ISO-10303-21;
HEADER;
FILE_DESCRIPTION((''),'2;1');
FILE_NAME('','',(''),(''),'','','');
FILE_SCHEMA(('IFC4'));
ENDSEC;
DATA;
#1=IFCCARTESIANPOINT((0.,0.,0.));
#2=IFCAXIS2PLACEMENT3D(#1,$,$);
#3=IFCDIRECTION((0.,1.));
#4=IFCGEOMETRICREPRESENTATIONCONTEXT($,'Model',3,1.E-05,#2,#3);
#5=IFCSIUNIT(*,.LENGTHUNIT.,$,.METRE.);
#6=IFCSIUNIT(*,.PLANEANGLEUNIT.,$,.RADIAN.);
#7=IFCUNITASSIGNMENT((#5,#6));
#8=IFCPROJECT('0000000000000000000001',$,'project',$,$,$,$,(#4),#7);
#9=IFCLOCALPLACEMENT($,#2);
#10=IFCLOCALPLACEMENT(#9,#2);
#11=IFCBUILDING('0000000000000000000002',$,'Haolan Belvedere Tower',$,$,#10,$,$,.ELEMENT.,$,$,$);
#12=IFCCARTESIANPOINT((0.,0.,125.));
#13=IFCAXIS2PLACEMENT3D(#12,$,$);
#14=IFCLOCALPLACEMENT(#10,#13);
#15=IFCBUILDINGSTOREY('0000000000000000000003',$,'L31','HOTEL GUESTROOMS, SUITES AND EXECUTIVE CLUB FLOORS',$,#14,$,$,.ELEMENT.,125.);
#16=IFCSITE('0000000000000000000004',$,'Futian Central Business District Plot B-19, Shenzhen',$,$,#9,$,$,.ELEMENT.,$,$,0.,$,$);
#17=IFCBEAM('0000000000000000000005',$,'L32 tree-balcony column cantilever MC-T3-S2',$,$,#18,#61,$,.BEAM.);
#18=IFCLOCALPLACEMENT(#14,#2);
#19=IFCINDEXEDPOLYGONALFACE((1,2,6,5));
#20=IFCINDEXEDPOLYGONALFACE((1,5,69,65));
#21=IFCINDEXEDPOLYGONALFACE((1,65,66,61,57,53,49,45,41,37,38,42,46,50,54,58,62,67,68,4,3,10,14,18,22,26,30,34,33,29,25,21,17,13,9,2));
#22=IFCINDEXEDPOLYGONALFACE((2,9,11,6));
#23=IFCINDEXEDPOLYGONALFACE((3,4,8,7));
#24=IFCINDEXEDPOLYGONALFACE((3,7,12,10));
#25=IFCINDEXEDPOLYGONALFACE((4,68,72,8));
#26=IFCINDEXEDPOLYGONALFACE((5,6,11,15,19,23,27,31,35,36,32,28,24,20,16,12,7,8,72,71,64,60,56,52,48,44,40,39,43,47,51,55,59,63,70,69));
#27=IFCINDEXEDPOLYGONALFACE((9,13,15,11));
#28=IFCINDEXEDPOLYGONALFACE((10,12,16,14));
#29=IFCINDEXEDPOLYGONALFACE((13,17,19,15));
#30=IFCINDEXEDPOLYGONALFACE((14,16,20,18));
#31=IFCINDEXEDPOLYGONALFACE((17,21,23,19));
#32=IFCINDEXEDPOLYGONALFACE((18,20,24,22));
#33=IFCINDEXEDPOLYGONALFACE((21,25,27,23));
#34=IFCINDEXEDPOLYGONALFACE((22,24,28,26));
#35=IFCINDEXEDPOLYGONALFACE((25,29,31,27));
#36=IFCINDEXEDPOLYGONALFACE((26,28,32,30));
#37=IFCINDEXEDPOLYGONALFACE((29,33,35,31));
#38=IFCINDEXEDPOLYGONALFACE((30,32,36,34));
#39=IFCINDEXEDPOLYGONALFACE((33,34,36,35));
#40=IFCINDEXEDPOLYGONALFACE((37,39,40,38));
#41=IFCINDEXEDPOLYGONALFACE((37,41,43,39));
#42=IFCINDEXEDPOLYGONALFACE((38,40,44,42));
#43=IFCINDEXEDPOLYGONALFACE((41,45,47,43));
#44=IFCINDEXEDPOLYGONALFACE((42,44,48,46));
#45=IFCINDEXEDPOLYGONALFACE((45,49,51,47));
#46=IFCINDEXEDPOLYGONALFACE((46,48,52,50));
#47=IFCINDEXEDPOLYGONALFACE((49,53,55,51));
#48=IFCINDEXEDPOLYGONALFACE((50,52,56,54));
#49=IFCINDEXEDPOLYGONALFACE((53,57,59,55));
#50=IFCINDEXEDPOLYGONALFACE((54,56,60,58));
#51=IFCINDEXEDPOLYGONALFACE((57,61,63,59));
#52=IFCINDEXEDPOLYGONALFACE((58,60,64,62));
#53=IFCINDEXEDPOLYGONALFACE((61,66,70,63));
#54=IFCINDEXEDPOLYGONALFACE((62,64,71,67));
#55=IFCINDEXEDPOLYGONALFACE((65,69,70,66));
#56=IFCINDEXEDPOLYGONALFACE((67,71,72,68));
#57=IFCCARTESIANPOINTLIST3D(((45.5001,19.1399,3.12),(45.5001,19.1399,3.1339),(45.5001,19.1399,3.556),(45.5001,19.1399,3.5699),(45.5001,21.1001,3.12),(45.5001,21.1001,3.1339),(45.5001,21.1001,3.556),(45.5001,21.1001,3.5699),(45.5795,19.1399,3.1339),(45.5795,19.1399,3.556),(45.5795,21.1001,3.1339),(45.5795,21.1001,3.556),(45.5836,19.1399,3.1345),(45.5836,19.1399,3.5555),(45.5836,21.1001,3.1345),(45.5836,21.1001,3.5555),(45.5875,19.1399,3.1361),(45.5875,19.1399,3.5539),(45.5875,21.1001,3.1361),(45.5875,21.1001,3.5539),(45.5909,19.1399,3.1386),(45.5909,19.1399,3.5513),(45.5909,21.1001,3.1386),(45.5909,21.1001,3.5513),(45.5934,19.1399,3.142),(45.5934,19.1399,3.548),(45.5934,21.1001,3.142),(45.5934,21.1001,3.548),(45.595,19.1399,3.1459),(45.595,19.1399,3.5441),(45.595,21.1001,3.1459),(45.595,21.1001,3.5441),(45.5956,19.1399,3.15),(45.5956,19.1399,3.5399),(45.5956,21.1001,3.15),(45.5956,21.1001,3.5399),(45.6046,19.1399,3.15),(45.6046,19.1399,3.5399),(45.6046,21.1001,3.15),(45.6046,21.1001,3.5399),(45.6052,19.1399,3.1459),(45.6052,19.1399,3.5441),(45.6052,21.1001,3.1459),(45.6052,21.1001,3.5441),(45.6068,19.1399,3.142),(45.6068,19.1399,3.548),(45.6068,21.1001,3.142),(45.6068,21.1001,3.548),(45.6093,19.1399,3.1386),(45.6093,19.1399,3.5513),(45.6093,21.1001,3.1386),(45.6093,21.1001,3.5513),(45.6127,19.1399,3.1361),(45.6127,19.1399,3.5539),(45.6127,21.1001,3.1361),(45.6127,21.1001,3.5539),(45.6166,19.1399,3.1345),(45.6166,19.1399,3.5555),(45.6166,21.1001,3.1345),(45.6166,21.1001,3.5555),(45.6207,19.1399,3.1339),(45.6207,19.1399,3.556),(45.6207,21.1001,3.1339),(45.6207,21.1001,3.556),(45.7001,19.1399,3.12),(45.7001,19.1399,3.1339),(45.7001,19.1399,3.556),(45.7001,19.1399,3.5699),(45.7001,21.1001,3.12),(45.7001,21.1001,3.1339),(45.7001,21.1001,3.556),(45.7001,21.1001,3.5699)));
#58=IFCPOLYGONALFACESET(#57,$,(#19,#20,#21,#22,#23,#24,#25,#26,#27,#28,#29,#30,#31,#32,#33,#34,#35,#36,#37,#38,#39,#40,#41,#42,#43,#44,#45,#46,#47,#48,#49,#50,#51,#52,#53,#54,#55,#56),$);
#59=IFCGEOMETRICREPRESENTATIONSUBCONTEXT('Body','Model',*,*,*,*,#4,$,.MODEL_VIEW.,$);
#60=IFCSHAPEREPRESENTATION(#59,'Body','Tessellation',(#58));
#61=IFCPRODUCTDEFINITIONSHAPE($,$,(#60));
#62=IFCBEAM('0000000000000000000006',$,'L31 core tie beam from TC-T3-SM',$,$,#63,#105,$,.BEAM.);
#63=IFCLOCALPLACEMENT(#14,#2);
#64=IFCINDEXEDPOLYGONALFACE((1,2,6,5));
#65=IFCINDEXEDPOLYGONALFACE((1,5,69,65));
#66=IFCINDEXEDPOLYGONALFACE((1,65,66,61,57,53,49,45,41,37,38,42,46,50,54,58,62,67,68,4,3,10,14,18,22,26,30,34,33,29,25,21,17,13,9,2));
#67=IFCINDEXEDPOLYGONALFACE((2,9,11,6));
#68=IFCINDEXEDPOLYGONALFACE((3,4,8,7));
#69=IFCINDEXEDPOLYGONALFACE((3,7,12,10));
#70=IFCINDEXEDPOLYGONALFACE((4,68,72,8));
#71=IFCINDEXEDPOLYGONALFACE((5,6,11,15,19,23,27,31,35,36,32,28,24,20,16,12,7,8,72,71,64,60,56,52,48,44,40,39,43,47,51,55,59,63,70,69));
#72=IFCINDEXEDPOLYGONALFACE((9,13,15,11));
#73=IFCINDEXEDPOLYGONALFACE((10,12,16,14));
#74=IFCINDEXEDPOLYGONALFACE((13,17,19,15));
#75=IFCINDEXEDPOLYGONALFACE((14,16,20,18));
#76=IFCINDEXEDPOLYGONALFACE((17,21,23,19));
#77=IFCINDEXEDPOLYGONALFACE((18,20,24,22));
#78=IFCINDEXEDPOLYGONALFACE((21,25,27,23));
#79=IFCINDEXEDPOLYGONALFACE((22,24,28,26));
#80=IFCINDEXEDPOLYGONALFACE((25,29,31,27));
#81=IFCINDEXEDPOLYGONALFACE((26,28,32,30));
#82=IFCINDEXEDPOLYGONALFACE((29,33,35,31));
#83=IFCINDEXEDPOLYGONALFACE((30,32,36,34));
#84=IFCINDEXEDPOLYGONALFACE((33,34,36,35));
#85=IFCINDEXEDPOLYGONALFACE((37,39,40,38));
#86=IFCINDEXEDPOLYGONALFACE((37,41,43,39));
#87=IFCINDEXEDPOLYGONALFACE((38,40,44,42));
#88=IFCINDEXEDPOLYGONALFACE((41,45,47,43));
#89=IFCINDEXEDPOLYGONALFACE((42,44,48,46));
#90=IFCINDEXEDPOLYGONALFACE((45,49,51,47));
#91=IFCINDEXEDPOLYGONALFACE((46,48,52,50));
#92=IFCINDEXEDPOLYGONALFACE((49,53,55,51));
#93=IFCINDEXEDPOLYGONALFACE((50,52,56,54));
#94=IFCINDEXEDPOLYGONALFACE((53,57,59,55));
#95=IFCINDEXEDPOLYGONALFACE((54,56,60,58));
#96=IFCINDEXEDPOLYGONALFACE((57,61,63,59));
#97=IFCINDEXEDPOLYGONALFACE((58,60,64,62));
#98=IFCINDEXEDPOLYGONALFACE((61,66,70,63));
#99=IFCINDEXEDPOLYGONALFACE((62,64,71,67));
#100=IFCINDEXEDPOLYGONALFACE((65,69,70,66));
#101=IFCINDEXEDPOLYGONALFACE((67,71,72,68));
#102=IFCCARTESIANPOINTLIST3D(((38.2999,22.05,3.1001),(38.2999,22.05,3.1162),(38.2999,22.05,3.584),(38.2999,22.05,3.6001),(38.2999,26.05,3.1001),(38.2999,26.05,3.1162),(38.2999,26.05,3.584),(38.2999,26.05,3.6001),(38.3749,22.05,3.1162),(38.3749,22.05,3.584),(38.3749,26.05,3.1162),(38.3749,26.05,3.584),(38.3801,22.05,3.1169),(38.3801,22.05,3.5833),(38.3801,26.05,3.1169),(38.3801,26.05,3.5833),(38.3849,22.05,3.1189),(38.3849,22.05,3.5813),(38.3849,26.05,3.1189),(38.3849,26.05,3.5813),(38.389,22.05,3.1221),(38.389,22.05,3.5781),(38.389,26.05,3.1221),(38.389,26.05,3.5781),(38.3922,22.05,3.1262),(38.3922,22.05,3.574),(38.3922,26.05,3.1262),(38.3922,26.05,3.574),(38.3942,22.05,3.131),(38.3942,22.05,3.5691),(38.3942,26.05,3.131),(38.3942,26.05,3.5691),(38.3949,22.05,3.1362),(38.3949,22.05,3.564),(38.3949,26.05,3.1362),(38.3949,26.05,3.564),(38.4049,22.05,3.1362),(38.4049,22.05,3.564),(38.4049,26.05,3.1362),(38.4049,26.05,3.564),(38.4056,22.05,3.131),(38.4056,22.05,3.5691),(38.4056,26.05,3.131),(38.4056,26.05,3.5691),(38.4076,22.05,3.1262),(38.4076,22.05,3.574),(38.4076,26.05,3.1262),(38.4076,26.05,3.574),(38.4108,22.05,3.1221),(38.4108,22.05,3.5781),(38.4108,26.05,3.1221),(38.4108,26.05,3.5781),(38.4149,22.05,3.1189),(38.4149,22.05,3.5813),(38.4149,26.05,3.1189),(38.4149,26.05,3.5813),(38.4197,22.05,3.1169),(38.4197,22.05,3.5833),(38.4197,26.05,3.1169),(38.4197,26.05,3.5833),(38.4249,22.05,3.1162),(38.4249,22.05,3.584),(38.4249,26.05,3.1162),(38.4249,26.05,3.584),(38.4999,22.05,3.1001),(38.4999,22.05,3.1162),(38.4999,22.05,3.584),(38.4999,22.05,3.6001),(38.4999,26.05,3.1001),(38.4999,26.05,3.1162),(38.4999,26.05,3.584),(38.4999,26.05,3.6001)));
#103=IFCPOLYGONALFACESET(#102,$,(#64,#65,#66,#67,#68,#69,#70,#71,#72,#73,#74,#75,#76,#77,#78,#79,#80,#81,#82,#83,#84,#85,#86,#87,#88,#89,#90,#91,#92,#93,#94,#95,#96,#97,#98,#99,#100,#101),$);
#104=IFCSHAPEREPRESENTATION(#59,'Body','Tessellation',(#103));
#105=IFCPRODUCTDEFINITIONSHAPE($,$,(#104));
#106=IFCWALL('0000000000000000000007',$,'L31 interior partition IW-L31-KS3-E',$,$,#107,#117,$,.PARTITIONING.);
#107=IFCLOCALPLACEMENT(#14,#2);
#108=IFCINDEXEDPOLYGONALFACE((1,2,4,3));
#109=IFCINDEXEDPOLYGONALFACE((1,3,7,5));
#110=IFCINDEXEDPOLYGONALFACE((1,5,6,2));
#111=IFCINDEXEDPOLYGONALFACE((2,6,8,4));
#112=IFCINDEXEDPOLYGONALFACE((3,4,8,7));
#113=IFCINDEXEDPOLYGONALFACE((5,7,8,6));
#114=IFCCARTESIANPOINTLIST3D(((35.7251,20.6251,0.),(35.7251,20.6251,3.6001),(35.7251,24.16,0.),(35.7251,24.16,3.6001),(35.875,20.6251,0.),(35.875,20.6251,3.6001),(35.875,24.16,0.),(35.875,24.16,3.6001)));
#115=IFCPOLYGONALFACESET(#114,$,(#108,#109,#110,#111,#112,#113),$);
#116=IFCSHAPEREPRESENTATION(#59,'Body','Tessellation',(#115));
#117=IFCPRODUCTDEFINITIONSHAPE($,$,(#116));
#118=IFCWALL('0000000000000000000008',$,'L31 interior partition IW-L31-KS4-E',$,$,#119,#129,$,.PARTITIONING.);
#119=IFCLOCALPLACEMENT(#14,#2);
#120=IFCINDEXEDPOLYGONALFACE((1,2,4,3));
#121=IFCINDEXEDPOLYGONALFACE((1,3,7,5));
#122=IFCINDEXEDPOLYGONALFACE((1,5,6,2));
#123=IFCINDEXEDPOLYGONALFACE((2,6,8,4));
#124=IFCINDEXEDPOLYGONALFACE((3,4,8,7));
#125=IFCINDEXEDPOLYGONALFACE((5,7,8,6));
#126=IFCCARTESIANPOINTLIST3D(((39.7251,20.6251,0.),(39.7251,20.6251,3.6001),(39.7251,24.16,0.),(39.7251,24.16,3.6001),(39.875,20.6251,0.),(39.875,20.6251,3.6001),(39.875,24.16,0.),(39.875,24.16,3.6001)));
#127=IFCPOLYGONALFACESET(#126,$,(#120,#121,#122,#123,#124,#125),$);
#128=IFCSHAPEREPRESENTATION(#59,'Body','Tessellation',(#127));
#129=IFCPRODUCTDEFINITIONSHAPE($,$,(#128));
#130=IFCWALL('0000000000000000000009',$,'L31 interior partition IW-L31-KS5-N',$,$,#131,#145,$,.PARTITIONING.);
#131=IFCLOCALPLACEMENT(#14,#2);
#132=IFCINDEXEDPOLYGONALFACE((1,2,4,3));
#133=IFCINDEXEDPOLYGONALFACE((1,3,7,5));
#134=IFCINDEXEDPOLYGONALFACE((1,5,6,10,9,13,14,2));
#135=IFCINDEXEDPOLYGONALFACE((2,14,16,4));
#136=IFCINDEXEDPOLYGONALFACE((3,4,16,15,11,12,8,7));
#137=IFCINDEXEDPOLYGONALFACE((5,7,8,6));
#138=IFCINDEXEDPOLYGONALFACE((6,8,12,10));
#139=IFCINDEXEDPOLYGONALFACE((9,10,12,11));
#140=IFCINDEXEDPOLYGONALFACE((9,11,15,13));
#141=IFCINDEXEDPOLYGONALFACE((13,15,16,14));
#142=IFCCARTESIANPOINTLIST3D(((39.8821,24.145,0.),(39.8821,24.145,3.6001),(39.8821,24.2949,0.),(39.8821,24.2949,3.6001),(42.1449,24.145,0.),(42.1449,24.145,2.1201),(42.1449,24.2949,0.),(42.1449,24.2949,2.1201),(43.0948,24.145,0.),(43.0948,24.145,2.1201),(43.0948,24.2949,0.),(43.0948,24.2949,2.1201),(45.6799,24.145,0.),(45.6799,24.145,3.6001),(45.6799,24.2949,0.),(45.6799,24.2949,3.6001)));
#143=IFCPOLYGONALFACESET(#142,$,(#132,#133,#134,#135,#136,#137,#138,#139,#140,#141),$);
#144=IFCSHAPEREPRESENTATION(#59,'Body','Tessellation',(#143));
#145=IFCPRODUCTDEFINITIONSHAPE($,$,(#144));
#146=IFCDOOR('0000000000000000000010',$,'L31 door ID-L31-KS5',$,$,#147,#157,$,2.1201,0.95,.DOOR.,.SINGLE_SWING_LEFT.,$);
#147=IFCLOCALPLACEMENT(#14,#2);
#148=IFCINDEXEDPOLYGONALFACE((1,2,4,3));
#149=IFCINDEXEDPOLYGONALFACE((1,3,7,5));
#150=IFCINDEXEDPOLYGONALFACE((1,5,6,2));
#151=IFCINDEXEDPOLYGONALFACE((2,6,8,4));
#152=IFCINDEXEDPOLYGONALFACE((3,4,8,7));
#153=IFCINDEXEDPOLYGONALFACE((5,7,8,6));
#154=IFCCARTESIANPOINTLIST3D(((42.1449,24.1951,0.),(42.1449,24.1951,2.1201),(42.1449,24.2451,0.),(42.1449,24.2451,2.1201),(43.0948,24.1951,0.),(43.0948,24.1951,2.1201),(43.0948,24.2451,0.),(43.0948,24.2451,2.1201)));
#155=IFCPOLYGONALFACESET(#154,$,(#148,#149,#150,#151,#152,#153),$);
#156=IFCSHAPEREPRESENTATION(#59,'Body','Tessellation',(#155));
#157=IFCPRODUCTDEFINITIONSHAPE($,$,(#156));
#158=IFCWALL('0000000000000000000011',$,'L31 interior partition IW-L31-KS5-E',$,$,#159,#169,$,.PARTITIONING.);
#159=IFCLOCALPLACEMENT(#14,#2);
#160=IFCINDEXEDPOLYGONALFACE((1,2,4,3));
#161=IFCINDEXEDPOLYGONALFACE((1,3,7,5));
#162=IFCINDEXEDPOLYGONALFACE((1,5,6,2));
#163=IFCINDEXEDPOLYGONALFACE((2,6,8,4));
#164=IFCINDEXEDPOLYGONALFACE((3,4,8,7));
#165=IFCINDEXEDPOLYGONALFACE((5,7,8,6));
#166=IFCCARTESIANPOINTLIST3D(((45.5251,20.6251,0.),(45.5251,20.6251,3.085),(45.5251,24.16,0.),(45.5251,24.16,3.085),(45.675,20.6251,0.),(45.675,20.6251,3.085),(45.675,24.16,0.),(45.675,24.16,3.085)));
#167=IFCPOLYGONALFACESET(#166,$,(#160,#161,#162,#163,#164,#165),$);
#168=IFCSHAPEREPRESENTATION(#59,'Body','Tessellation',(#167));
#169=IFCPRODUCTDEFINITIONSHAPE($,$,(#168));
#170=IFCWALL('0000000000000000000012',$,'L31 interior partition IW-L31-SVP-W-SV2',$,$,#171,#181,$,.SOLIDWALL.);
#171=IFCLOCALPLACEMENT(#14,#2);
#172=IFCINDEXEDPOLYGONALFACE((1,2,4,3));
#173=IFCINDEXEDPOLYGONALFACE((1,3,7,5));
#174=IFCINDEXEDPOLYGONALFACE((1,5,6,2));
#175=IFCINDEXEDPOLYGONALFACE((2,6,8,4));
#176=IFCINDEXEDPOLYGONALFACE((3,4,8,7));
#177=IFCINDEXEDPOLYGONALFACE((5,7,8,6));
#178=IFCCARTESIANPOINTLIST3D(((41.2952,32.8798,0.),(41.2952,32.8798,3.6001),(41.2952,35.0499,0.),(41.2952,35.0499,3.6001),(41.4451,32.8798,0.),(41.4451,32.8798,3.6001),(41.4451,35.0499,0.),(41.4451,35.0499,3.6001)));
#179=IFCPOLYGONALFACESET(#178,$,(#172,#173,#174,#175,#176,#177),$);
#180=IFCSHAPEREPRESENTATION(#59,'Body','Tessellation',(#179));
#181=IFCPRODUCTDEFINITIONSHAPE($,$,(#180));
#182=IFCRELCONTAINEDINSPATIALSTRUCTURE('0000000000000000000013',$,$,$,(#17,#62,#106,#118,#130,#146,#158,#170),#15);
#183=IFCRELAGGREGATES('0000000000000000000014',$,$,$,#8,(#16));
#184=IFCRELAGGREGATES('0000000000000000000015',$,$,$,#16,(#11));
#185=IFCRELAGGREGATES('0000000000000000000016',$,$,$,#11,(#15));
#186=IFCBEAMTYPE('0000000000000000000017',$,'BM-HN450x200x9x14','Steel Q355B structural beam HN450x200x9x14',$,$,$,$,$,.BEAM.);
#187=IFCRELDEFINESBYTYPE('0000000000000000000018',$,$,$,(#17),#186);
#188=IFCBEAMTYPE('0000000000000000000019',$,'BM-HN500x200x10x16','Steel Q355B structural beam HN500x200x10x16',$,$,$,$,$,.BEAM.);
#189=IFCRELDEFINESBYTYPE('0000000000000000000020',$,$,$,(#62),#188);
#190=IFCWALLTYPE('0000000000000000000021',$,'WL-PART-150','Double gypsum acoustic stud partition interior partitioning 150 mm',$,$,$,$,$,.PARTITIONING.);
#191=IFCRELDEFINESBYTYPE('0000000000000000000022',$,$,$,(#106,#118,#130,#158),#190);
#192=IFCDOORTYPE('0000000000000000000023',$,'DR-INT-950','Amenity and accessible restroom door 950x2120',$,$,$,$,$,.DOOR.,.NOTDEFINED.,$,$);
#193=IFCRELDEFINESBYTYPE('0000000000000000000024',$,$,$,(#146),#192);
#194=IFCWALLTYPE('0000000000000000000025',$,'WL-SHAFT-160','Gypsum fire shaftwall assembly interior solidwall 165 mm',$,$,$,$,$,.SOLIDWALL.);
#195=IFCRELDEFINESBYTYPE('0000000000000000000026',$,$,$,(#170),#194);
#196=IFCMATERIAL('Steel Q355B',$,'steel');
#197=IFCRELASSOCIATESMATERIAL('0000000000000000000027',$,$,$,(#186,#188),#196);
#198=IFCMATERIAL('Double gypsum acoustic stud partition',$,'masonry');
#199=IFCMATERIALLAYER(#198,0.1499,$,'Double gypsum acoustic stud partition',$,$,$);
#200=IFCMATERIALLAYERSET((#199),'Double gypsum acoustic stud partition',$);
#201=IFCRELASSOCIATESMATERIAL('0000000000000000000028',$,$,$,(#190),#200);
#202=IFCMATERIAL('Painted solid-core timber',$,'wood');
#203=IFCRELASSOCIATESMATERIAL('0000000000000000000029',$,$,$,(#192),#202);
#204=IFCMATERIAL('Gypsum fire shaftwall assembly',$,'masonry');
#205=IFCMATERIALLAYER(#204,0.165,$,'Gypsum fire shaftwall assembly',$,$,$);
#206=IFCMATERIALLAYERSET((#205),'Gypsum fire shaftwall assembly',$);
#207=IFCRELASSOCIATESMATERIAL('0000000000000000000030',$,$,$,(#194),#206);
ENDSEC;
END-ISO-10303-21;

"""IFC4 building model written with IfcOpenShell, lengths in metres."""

from ifc_helpers import new_model, si_unit, direction, frame, frame_2d, origin, origin_2d, place, context, subcontext, project, spatial, rectangle, i_section, extrude, material, layer, layer_set, material_profile, profile_set, type_object, element, fill, save


model = new_model("IFC4")

# Units and contexts
model_context = context("Model", 3, precision=1e-05, world=origin(), true_north=direction((0.0, 1.0)))
body_context = subcontext(model_context, "Body", "Model", "MODEL_VIEW")
ifc_project = project(units=[si_unit("LENGTHUNIT", "METRE"), si_unit("PLANEANGLEUNIT", "RADIAN")], contexts=[model_context])

# Site, building, storey
site_placement = place(None, origin())
site = spatial("IfcSite", under=ifc_project, at=site_placement, Name="Futian Central Business District Plot B-19, Shenzhen", CompositionType="ELEMENT", RefElevation=0.0)
building_placement = place(site_placement, origin())
building = spatial("IfcBuilding", under=site, at=building_placement, Name="Haolan Belvedere Tower", CompositionType="ELEMENT")
storey_placement = place(building_placement, frame((0.0, 0.0, 125.0)))
storey = spatial("IfcBuildingStorey", under=building, at=storey_placement, Name="L31", Description="HOTEL GUESTROOMS, SUITES AND EXECUTIVE CLUB FLOORS", CompositionType="ELEMENT", Elevation=125.0)

# Beams
ifc_material_1 = material(Name="Steel Q355B", Category="steel")
ifc_material_profile_1 = material_profile(ifc_material_1, i_section(OverallWidth=0.2, OverallDepth=0.45, WebThickness=0.009, FlangeThickness=0.0139, FilletRadius=0.0161, at=origin_2d()), Name="Steel Q355B")
ifc_profile_set_1 = profile_set([ifc_material_profile_1], Name="Steel Q355B")
beam_type_1 = type_object("IfcBeamType", Name="BM-HN450x200x9x14", Description="Steel Q355B structural beam HN450x200x9x14", PredefinedType="BEAM", material=ifc_profile_set_1)
beam_1_placement = place(storey_placement, frame((45.6001, 21.1001, 3.345), z_axis=(0.0, -1.0, 0.0), x_axis=(1.0, 0.0, 0.0)))
element("IfcBeam", 1, at=beam_1_placement, inside=storey, type_object=beam_type_1, Name="L32 tree-balcony column cantilever MC-T3-S2", PredefinedType="BEAM", context=body_context, shape_type="SweptSolid", body=[
    extrude(i_section(OverallWidth=0.2, OverallDepth=0.45, WebThickness=0.009, FlangeThickness=0.0139, FilletRadius=0.0161, at=origin_2d()), origin(), (0.0, 0.0, 1.0), 1.9602),
])
ifc_material_profile_2 = material_profile(ifc_material_1, i_section(OverallWidth=0.2, OverallDepth=0.5, WebThickness=0.01, FlangeThickness=0.0161, FilletRadius=0.02, at=origin_2d()), Name="Steel Q355B")
ifc_profile_set_2 = profile_set([ifc_material_profile_2], Name="Steel Q355B")
beam_type_2 = type_object("IfcBeamType", Name="BM-HN500x200x10x16", Description="Steel Q355B structural beam HN500x200x10x16", PredefinedType="BEAM", material=ifc_profile_set_2)
beam_2_placement = place(storey_placement, frame((38.3999, 22.05, 3.3501), z_axis=(0.0, 1.0, 0.0), x_axis=(-1.0, 0.0, 0.0)))
element("IfcBeam", 2, at=beam_2_placement, inside=storey, type_object=beam_type_2, Name="L31 core tie beam from TC-T3-SM", PredefinedType="BEAM", context=body_context, shape_type="SweptSolid", body=[
    extrude(i_section(OverallWidth=0.2, OverallDepth=0.5, WebThickness=0.01, FlangeThickness=0.0161, FilletRadius=0.02, at=origin_2d()), origin(), (0.0, 0.0, 1.0), 4.0),
])

# Wall
ifc_material_2 = material(Name="Double gypsum acoustic stud partition", Category="masonry")
ifc_layer_1 = layer(ifc_material_2, 0.1499, Name="Double gypsum acoustic stud partition")
ifc_layer_set_1 = layer_set([ifc_layer_1], Name="Double gypsum acoustic stud partition")
wall_type_1 = type_object("IfcWallType", Name="WL-PART-150", Description="Double gypsum acoustic stud partition interior partitioning 150 mm", PredefinedType="PARTITIONING", material=ifc_layer_set_1)
wall_1_placement = place(storey_placement, frame((35.8, 20.625, 0.0), z_axis=(0.0, 0.0, 1.0), x_axis=(0.0, 1.0, 0.0)))
element("IfcWall", 3, at=wall_1_placement, inside=storey, type_object=wall_type_1, Name="L31 interior partition IW-L31-KS3-E", PredefinedType="PARTITIONING", context=body_context, shape_type="SweptSolid", body=[
    extrude(rectangle(XDim=3.5349, YDim=0.1499, at=frame_2d((1.7676, 0.0))), origin(), (0.0, 0.0, 1.0), 3.6001),
])

# Shared definitions
ifc_material_3 = material(Name="Painted solid-core timber", Category="wood")
door_type = type_object("IfcDoorType", Name="DR-INT-950", Description="Amenity and accessible restroom door 950x2120", OperationType="NOTDEFINED", PredefinedType="DOOR", material=ifc_material_3)

# Wall
wall_2_placement = place(storey_placement, frame((39.8, 20.625, 0.0), z_axis=(0.0, 0.0, 1.0), x_axis=(0.0, 1.0, 0.0)))
element("IfcWall", 4, at=wall_2_placement, inside=storey, type_object=wall_type_1, Name="L31 interior partition IW-L31-KS4-E", PredefinedType="PARTITIONING", context=body_context, shape_type="SweptSolid", body=[
    extrude(rectangle(XDim=3.5349, YDim=0.1499, at=frame_2d((1.7676, 0.0))), origin(), (0.0, 0.0, 1.0), 3.6001),
])

# Wall, opening, door
wall_3_placement = place(storey_placement, frame((39.8821, 24.22, 0.0), z_axis=(0.0, 0.0, 1.0), x_axis=(1.0, 0.0, 0.0)))
wall_3 = element("IfcWall", 5, at=wall_3_placement, inside=storey, type_object=wall_type_1, Name="L31 interior partition IW-L31-KS5-N", PredefinedType="PARTITIONING", context=body_context, shape_type="SweptSolid", body=[
    extrude(rectangle(XDim=5.7979, YDim=0.1499, at=frame_2d((2.8989, 0.0))), origin(), (0.0, 0.0, 1.0), 3.6001),
])
opening_1_placement = place(wall_3_placement, frame((3.2129, 0.0, 0.0), z_axis=(0.0, 0.0, 1.0), x_axis=(-1.0, 0.0, 0.0)))
opening_1 = element("IfcOpeningElement", 6, at=opening_1_placement, cuts=wall_3, PredefinedType="OPENING", context=body_context, shape_type="SweptSolid", body=[
    extrude(rectangle(XDim=0.95, YDim=2.1201, at=frame_2d((0.4751, 1.0601))), frame((0.0, 0.085, 0.0), z_axis=(0.0, -1.0, 0.0), x_axis=(1.0, 0.0, 0.0)), (0.0, 0.0, 1.0), 0.1699),
])
door_1_placement = place(opening_1_placement, origin())
door_1 = element("IfcDoor", 7, at=door_1_placement, inside=storey, type_object=door_type, Name="L31 door ID-L31-KS5", OperationType="SINGLE_SWING_LEFT", OverallHeight=2.1201, OverallWidth=0.95, PredefinedType="DOOR", context=body_context, shape_type="SweptSolid", body=[
    extrude(rectangle(XDim=0.95, YDim=2.1201, at=frame_2d((0.4751, 1.0601))), frame((0.0, 0.0249, 0.0), z_axis=(0.0, -1.0, 0.0), x_axis=(1.0, 0.0, 0.0)), (0.0, 0.0, 1.0), 0.05),
])
fill(opening_1, door_1)

# Walls
wall_4_placement = place(storey_placement, frame((45.6001, 20.625, 0.0), z_axis=(0.0, 0.0, 1.0), x_axis=(0.0, 1.0, 0.0)))
element("IfcWall", 8, at=wall_4_placement, inside=storey, type_object=wall_type_1, Name="L31 interior partition IW-L31-KS5-E", PredefinedType="PARTITIONING", context=body_context, shape_type="SweptSolid", body=[
    extrude(rectangle(XDim=3.5349, YDim=0.1499, at=frame_2d((1.7676, 0.0))), origin(), (0.0, 0.0, 1.0), 3.085),
])
ifc_material_4 = material(Name="Gypsum fire shaftwall assembly", Category="masonry")
ifc_layer_2 = layer(ifc_material_4, 0.165, Name="Gypsum fire shaftwall assembly")
ifc_layer_set_2 = layer_set([ifc_layer_2], Name="Gypsum fire shaftwall assembly")
wall_type_2 = type_object("IfcWallType", Name="WL-SHAFT-160", Description="Gypsum fire shaftwall assembly interior solidwall 165 mm", PredefinedType="SOLIDWALL", material=ifc_layer_set_2)
for number, where, z_axis, x_axis, name in (
    (9, (41.3701, 32.8799, 0.0), (0.0, 0.0, 1.0), (0.0, 1.0, 0.0), "L31 interior partition IW-L31-SVP-W-SV2"),
):
    element("IfcWall", number, at=place(storey_placement, frame(where, z_axis=z_axis, x_axis=x_axis)), inside=storey, type_object=wall_type_2, Name=name, PredefinedType="SOLIDWALL", context=body_context, shape_type="SweptSolid", body=[
        extrude(rectangle(XDim=2.1702, YDim=0.1499, at=frame_2d((1.085, 0.0))), origin(), (0.0, 0.0, 1.0), 3.6001),
    ])

save(model, "model.ifc")
